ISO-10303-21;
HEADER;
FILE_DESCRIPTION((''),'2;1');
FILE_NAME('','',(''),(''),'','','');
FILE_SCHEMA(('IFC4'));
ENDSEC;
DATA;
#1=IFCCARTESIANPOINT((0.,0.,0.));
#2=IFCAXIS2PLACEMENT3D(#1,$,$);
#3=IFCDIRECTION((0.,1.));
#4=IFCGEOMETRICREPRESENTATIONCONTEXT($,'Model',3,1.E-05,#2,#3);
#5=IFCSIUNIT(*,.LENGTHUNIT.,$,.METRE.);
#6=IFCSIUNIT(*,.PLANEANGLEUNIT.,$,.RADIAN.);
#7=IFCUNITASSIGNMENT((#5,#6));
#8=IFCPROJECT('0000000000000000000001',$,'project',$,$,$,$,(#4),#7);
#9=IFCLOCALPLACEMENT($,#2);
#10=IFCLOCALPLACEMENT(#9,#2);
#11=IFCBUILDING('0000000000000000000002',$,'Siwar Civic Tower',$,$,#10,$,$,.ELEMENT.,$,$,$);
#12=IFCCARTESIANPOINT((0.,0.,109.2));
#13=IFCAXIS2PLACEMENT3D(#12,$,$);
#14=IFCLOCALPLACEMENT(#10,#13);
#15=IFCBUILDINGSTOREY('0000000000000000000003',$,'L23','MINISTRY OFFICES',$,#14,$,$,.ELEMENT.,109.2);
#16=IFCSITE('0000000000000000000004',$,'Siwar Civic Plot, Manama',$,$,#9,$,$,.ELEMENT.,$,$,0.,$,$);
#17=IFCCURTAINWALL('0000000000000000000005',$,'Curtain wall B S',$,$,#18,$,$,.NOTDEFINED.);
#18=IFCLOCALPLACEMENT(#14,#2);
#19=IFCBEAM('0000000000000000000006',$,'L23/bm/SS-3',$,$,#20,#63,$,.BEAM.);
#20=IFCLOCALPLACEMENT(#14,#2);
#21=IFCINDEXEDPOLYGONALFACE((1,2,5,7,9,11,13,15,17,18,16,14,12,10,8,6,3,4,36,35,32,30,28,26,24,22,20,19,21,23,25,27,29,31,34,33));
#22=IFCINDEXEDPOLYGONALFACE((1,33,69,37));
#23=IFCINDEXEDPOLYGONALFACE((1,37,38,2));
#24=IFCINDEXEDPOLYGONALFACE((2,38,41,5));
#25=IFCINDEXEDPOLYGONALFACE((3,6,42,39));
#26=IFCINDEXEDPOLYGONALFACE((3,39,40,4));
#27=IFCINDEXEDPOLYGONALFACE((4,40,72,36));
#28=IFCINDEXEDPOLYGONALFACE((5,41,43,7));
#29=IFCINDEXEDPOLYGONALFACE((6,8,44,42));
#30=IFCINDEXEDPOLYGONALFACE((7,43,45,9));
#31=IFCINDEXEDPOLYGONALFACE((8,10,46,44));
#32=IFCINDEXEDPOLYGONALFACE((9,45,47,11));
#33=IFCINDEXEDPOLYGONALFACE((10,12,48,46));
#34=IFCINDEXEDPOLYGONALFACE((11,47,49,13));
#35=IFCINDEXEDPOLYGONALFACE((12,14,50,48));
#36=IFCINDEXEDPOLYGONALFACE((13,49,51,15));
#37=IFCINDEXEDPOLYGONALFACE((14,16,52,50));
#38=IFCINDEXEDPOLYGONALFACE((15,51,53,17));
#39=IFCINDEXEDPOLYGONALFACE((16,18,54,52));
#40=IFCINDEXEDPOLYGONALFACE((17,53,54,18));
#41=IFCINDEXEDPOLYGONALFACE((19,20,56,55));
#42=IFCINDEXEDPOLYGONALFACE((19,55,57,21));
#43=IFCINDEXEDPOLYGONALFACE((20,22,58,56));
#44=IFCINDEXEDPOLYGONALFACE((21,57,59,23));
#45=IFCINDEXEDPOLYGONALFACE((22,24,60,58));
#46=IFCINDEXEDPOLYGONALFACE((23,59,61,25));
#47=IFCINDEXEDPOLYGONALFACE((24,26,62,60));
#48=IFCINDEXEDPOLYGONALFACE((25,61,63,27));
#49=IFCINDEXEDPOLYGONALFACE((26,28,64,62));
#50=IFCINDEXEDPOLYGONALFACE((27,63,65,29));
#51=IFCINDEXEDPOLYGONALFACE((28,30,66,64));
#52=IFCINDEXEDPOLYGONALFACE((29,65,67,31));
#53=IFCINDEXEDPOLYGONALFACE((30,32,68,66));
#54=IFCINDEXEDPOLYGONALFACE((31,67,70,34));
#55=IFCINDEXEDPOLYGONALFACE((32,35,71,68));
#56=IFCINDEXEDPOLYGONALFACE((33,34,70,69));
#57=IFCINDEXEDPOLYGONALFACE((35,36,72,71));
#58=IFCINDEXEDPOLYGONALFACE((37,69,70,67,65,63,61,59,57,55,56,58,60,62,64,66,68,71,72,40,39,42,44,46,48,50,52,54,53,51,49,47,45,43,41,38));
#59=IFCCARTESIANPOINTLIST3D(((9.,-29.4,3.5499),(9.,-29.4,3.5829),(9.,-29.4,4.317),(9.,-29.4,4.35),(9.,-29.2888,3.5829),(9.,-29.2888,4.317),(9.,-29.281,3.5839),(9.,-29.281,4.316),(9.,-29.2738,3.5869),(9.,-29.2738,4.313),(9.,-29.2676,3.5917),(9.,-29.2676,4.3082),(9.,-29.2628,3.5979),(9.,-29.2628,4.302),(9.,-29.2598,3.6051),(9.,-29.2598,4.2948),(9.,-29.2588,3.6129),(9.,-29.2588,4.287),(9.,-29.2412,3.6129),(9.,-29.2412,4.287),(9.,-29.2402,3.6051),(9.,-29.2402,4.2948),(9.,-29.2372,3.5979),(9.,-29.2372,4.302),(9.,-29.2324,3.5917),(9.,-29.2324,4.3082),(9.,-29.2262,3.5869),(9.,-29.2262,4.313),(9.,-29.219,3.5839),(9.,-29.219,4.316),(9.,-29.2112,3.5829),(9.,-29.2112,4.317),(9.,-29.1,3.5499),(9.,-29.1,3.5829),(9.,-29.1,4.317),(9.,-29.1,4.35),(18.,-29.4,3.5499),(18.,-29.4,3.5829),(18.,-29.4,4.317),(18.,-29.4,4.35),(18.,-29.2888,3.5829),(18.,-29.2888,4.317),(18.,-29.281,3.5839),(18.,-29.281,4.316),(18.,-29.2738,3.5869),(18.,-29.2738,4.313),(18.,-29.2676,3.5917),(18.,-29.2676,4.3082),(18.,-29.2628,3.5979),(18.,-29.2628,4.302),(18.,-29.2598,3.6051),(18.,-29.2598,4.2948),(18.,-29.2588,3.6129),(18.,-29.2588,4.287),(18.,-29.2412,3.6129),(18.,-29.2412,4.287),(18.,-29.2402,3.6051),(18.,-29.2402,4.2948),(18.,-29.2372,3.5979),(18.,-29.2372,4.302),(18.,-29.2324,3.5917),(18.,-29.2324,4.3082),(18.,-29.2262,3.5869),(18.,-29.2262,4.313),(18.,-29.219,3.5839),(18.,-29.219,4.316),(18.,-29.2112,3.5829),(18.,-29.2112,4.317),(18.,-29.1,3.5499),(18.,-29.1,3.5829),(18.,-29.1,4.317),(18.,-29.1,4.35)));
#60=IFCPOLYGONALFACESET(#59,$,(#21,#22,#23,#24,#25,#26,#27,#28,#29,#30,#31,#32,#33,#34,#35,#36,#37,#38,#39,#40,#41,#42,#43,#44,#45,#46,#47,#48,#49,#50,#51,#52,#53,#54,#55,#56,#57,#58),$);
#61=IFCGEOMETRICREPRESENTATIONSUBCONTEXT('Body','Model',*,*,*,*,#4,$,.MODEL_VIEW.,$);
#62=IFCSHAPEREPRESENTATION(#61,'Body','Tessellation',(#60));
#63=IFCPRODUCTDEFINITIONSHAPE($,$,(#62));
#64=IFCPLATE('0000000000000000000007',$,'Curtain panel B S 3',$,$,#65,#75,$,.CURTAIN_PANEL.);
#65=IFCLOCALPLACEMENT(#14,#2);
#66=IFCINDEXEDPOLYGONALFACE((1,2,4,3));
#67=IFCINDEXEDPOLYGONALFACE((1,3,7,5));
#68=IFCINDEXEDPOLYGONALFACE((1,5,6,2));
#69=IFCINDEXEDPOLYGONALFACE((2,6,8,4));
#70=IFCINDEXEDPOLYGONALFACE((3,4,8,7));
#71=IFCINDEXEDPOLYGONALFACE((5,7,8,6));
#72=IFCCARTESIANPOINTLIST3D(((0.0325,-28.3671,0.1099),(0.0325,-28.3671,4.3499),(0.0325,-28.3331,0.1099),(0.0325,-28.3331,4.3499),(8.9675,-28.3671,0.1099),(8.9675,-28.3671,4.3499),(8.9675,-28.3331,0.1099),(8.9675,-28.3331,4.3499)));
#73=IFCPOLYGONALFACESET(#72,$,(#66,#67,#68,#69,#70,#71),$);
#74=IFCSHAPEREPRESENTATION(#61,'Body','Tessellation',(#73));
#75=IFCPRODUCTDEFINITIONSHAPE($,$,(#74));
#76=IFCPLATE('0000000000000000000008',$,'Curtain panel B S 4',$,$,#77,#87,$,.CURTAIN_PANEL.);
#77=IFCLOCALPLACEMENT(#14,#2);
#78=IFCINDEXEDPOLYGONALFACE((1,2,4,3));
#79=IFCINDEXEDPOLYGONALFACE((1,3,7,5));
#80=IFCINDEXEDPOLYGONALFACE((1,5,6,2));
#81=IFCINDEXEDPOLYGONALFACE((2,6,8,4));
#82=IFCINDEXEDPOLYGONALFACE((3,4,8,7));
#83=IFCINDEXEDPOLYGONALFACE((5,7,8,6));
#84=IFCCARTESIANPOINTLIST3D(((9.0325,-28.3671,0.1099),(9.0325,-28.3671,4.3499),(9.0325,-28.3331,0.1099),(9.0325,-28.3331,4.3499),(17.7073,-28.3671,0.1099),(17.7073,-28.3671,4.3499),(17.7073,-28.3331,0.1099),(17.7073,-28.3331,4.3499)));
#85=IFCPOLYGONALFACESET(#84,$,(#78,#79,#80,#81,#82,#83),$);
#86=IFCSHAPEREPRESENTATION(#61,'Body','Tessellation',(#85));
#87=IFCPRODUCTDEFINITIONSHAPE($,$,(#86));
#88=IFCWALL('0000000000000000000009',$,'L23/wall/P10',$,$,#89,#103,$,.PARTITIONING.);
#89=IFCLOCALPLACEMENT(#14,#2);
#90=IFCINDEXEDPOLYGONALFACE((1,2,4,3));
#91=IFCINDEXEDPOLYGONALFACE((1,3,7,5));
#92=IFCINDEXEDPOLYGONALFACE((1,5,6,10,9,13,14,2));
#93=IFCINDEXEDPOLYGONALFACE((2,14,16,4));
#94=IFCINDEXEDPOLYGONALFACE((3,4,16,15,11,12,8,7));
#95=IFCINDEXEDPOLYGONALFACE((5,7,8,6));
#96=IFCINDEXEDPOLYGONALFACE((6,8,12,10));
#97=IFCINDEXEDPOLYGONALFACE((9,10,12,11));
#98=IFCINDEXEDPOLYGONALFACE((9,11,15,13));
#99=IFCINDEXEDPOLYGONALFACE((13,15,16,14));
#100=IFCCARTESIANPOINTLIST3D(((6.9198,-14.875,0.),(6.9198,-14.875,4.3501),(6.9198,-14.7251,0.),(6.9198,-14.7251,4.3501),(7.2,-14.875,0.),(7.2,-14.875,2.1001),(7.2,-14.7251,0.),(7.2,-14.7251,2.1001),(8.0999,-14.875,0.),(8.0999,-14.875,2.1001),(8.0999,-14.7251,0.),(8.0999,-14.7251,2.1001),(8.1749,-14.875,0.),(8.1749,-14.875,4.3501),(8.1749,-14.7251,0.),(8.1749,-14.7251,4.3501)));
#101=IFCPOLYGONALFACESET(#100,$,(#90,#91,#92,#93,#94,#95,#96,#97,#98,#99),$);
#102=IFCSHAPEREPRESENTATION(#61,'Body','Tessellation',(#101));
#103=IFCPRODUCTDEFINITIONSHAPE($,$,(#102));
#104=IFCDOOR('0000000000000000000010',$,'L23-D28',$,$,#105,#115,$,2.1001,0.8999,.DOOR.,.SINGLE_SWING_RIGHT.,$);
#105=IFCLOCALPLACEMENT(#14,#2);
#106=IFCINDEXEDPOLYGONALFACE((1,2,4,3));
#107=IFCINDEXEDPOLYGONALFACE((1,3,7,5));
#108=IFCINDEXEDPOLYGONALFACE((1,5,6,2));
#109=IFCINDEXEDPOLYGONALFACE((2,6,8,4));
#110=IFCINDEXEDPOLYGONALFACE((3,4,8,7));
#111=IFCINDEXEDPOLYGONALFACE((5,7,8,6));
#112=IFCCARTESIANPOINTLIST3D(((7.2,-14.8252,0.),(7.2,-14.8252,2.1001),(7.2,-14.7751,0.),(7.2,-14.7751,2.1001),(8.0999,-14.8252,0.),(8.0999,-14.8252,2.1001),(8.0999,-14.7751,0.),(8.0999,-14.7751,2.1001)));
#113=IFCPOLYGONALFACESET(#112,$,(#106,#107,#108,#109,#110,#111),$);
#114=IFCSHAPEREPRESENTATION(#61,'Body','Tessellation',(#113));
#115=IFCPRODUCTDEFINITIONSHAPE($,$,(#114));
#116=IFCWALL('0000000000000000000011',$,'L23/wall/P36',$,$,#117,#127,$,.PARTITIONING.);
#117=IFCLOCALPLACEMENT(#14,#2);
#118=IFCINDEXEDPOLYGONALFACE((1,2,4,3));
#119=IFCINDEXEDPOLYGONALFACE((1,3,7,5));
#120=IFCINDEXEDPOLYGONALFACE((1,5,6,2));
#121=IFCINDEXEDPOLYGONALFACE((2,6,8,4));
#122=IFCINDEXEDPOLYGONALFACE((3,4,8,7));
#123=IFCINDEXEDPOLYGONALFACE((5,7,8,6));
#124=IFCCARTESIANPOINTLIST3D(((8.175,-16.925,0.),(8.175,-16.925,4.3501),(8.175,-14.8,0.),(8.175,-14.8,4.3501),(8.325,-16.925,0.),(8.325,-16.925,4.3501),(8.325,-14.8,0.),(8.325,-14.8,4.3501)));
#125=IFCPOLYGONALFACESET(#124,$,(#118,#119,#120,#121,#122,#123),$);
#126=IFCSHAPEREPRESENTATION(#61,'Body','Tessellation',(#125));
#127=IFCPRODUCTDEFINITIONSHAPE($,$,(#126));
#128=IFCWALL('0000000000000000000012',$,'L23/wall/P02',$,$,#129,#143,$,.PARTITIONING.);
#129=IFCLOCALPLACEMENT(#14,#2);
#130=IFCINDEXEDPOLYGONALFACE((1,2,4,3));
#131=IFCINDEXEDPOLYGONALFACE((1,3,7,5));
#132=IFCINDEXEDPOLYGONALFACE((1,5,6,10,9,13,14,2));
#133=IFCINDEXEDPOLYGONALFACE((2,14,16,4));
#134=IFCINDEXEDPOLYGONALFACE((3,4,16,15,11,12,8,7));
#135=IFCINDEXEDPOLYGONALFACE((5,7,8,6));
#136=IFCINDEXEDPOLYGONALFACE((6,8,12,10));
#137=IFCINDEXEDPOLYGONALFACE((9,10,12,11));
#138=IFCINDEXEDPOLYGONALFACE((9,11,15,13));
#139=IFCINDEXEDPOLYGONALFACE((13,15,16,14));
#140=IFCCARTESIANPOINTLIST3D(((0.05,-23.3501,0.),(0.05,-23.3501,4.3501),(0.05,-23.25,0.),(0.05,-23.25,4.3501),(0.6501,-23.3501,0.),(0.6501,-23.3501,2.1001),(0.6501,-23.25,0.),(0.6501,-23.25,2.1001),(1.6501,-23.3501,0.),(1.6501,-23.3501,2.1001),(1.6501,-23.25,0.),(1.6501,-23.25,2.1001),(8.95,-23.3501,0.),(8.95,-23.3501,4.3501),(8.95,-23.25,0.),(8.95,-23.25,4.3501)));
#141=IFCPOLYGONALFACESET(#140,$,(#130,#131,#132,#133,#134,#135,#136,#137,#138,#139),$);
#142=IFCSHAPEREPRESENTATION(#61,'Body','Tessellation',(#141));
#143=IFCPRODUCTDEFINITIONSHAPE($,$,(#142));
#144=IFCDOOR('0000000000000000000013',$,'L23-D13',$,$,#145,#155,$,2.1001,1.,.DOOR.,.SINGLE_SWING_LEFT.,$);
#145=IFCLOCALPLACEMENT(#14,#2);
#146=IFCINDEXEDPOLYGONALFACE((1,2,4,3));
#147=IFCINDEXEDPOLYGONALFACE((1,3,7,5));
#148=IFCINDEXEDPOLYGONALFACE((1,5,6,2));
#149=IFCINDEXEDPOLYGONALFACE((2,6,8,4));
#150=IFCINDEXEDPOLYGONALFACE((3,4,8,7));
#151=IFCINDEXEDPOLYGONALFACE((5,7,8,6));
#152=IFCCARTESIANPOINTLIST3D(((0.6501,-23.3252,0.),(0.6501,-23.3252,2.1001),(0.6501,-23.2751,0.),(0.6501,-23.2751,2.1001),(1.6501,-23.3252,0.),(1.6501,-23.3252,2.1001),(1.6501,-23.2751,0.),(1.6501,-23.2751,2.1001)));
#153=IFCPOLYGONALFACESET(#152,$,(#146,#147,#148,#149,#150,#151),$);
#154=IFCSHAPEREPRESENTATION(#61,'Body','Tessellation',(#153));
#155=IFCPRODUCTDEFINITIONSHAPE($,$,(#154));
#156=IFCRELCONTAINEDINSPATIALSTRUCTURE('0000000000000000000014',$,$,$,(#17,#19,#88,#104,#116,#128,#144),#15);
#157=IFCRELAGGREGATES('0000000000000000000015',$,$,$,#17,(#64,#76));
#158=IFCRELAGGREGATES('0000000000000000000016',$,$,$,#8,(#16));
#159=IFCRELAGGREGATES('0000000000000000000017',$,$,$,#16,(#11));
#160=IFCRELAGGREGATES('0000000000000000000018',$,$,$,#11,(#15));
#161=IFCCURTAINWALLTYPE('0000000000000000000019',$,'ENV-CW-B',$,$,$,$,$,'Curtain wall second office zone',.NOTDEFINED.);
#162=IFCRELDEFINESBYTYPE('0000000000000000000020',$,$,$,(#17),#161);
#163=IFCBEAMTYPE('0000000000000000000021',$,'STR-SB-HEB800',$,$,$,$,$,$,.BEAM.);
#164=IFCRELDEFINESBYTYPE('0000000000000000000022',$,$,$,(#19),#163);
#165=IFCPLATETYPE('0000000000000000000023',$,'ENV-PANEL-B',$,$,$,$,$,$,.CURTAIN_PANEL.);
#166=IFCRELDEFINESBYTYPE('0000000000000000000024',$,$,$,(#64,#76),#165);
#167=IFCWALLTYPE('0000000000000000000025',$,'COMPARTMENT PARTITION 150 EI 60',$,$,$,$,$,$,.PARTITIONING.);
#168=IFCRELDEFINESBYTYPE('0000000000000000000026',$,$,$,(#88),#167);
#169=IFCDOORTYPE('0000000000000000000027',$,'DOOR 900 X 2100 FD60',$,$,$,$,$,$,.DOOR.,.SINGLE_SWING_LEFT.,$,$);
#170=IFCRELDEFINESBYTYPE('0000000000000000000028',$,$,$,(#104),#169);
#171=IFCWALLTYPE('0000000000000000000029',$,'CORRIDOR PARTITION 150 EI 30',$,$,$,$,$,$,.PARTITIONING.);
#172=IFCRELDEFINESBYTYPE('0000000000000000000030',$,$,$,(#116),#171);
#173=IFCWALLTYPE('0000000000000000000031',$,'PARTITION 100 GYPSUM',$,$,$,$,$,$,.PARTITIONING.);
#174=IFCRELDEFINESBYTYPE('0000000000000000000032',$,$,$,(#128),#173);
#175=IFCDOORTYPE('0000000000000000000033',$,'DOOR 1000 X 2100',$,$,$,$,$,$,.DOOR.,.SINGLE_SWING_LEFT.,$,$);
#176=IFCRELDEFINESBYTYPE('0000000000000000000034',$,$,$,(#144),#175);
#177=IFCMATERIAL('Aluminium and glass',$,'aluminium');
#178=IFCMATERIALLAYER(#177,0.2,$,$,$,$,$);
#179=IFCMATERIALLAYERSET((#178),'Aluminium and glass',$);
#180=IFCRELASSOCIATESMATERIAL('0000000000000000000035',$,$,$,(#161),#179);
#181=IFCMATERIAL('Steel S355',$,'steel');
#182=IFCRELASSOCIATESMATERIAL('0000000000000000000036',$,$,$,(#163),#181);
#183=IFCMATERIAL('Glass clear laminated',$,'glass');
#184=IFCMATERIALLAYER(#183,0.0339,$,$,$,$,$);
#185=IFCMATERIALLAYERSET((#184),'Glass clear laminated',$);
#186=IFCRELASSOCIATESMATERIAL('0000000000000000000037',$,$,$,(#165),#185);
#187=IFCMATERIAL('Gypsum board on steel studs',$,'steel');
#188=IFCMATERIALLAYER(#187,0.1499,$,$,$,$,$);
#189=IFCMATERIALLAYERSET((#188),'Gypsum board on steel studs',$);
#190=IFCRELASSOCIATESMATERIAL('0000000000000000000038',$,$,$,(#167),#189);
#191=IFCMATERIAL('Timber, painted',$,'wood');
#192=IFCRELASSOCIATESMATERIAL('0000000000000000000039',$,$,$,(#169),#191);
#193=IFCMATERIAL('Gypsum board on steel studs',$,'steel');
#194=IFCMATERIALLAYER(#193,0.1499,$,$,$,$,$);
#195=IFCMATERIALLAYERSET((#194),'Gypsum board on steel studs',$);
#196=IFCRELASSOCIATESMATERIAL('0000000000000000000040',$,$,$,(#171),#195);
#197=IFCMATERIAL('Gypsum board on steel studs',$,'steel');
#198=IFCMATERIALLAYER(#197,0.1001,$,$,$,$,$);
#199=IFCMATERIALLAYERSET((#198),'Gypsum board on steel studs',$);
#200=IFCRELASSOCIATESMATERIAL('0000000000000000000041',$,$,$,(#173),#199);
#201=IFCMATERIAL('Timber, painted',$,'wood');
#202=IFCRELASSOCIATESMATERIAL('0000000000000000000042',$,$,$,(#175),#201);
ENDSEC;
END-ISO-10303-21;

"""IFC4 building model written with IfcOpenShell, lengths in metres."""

from ifc_helpers import new_model, si_unit, direction, frame, frame_2d, origin, origin_2d, place, context, subcontext, project, spatial, rectangle, i_section, extrude, material, layer, layer_set, material_profile, profile_set, type_object, element, fill, aggregate, save


model = new_model("IFC4")

# Units and contexts
model_context = context("Model", 3, precision=1e-05, world=origin(), true_north=direction((0.0, 1.0)))
body_context = subcontext(model_context, "Body", "Model", "MODEL_VIEW")
ifc_project = project(units=[si_unit("LENGTHUNIT", "METRE"), si_unit("PLANEANGLEUNIT", "RADIAN")], contexts=[model_context])

# Site, building, storey
site_placement = place(None, origin())
site = spatial("IfcSite", under=ifc_project, at=site_placement, Name="Siwar Civic Plot, Manama", CompositionType="ELEMENT", RefElevation=0.0)
building_placement = place(site_placement, origin())
building = spatial("IfcBuilding", under=site, at=building_placement, Name="Siwar Civic Tower", CompositionType="ELEMENT")
storey_placement = place(building_placement, frame((0.0, 0.0, 109.2)))
storey = spatial("IfcBuildingStorey", under=building, at=storey_placement, Name="L23", Description="MINISTRY OFFICES", CompositionType="ELEMENT", Elevation=109.2)

# Curtain wall
ifc_material_1 = material(Name="Aluminium and glass", Category="aluminium")
ifc_layer_1 = layer(ifc_material_1, 0.2)
ifc_layer_set_1 = layer_set([ifc_layer_1], Name="Aluminium and glass")
curtain_wall_type_1 = type_object("IfcCurtainWallType", Name="ENV-CW-B", ElementType="Curtain wall second office zone", PredefinedType="NOTDEFINED", material=ifc_layer_set_1)
curtain_wall_1_placement = place(storey_placement, origin())
curtain_wall_1 = element("IfcCurtainWall", 1, at=curtain_wall_1_placement, inside=storey, type_object=curtain_wall_type_1, Name="Curtain wall B S", PredefinedType="NOTDEFINED")

# Beam
ifc_material_2 = material(Name="Steel S355", Category="steel")
ifc_material_profile_1 = material_profile(ifc_material_2, i_section(OverallWidth=0.3, OverallDepth=0.8, WebThickness=0.0176, FlangeThickness=0.033, FilletRadius=0.03, at=origin_2d()), Name="HEB800")
ifc_profile_set_1 = profile_set([ifc_material_profile_1], Name="Steel S355")
beam_type_1 = type_object("IfcBeamType", Name="STR-SB-HEB800", PredefinedType="BEAM", material=ifc_profile_set_1)
beam_1_placement = place(storey_placement, frame((9.0, -29.25, 3.95), z_axis=(1.0, 0.0, 0.0), x_axis=(0.0, 1.0, 0.0)))
element("IfcBeam", 2, at=beam_1_placement, inside=storey, type_object=beam_type_1, Name="L23/bm/SS-3", PredefinedType="BEAM", context=body_context, shape_type="SweptSolid", body=[
    extrude(i_section(OverallWidth=0.3, OverallDepth=0.8, WebThickness=0.0176, FlangeThickness=0.033, FilletRadius=0.03, at=origin_2d()), origin(), (0.0, 0.0, 1.0), 9.0),
])

# Plates
ifc_material_3 = material(Name="Glass clear laminated", Category="glass")
ifc_layer_2 = layer(ifc_material_3, 0.0339)
ifc_layer_set_2 = layer_set([ifc_layer_2], Name="Glass clear laminated")
plate_type = type_object("IfcPlateType", Name="ENV-PANEL-B", PredefinedType="CURTAIN_PANEL", material=ifc_layer_set_2)
plate_1_placement = place(storey_placement, frame((4.5, -28.3501, 0.1099), z_axis=(0.0, 0.0, 1.0), x_axis=(1.0, 0.0, 0.0)))
plate_1 = element("IfcPlate", 3, at=plate_1_placement, type_object=plate_type, Name="Curtain panel B S 3", PredefinedType="CURTAIN_PANEL", context=body_context, shape_type="SweptSolid", body=[
    extrude(rectangle(XDim=8.9351, YDim=0.0339, at=origin_2d()), origin(), (0.0, 0.0, 1.0), 4.24),
])
plate_2_placement = place(storey_placement, frame((13.3699, -28.3501, 0.1099), z_axis=(0.0, 0.0, 1.0), x_axis=(1.0, 0.0, 0.0)))
plate_2 = element("IfcPlate", 4, at=plate_2_placement, type_object=plate_type, Name="Curtain panel B S 4", PredefinedType="CURTAIN_PANEL", context=body_context, shape_type="SweptSolid", body=[
    extrude(rectangle(XDim=8.6748, YDim=0.0339, at=origin_2d()), origin(), (0.0, 0.0, 1.0), 4.24),
])
aggregate(curtain_wall_1, [plate_1, plate_2])

# Wall, opening, door
ifc_material_4 = material(Name="Gypsum board on steel studs", Category="steel")
ifc_layer_3 = layer(ifc_material_4, 0.1499)
ifc_layer_set_3 = layer_set([ifc_layer_3], Name="Gypsum board on steel studs")
wall_type_1 = type_object("IfcWallType", Name="COMPARTMENT PARTITION 150 EI 60", PredefinedType="PARTITIONING", material=ifc_layer_set_3)
wall_1_placement = place(storey_placement, frame((6.9199, -14.8, 0.0), z_axis=(0.0, 0.0, 1.0), x_axis=(1.0, 0.0, 0.0)))
wall_1 = element("IfcWall", 5, at=wall_1_placement, inside=storey, type_object=wall_type_1, Name="L23/wall/P10", PredefinedType="PARTITIONING", context=body_context, shape_type="SweptSolid", body=[
    extrude(rectangle(XDim=1.2551, YDim=0.1499, at=frame_2d((0.6274, 0.0))), origin(), (0.0, 0.0, 1.0), 4.3501),
])
opening_1_placement = place(wall_1_placement, frame((0.28, 0.0, 0.0)))
opening_1 = element("IfcOpeningElement", 6, at=opening_1_placement, cuts=wall_1, PredefinedType="OPENING", context=body_context, shape_type="SweptSolid", body=[
    extrude(rectangle(XDim=0.8999, YDim=2.1001, at=frame_2d((0.45, 1.05))), frame((0.0, 0.085, 0.0), z_axis=(0.0, -1.0, 0.0), x_axis=(1.0, 0.0, 0.0)), (0.0, 0.0, 1.0), 0.1699),
])
ifc_material_5 = material(Name="Timber, painted", Category="wood")
door_type_1 = type_object("IfcDoorType", Name="DOOR 900 X 2100 FD60", OperationType="SINGLE_SWING_LEFT", PredefinedType="DOOR", material=ifc_material_5)
door_1_placement = place(opening_1_placement, origin())
door_1 = element("IfcDoor", 7, at=door_1_placement, inside=storey, type_object=door_type_1, Name="L23-D28", OperationType="SINGLE_SWING_RIGHT", OverallHeight=2.1001, OverallWidth=0.8999, PredefinedType="DOOR", context=body_context, shape_type="SweptSolid", body=[
    extrude(rectangle(XDim=0.8999, YDim=2.1001, at=frame_2d((0.45, 1.05))), frame((0.0, 0.0249, 0.0), z_axis=(0.0, -1.0, 0.0), x_axis=(1.0, 0.0, 0.0)), (0.0, 0.0, 1.0), 0.05),
])
fill(opening_1, door_1)

# Wall
ifc_material_6 = material(Name="Gypsum board on steel studs", Category="steel")
ifc_layer_4 = layer(ifc_material_6, 0.1499)
ifc_layer_set_4 = layer_set([ifc_layer_4], Name="Gypsum board on steel studs")
wall_type_2 = type_object("IfcWallType", Name="CORRIDOR PARTITION 150 EI 30", PredefinedType="PARTITIONING", material=ifc_layer_set_4)
wall_2_placement = place(storey_placement, frame((8.25, -16.925, 0.0), z_axis=(0.0, 0.0, 1.0), x_axis=(0.0, 1.0, 0.0)))
element("IfcWall", 8, at=wall_2_placement, inside=storey, type_object=wall_type_2, Name="L23/wall/P36", PredefinedType="PARTITIONING", context=body_context, shape_type="SweptSolid", body=[
    extrude(rectangle(XDim=2.125, YDim=0.1499, at=frame_2d((1.0625, 0.0))), origin(), (0.0, 0.0, 1.0), 4.3501),
])

# Wall, opening, door
ifc_material_7 = material(Name="Gypsum board on steel studs", Category="steel")
ifc_layer_5 = layer(ifc_material_7, 0.1001)
ifc_layer_set_5 = layer_set([ifc_layer_5], Name="Gypsum board on steel studs")
wall_type_3 = type_object("IfcWallType", Name="PARTITION 100 GYPSUM", PredefinedType="PARTITIONING", material=ifc_layer_set_5)
wall_3_placement = place(storey_placement, frame((0.05, -23.3, 0.0), z_axis=(0.0, 0.0, 1.0), x_axis=(1.0, 0.0, 0.0)))
wall_3 = element("IfcWall", 9, at=wall_3_placement, inside=storey, type_object=wall_type_3, Name="L23/wall/P02", PredefinedType="PARTITIONING", context=body_context, shape_type="SweptSolid", body=[
    extrude(rectangle(XDim=8.8999, YDim=0.1001, at=frame_2d((4.45, 0.0))), origin(), (0.0, 0.0, 1.0), 4.3501),
])
opening_2_placement = place(wall_3_placement, frame((0.6001, 0.0, 0.0)))
opening_2 = element("IfcOpeningElement", 10, at=opening_2_placement, cuts=wall_3, PredefinedType="OPENING", context=body_context, shape_type="SweptSolid", body=[
    extrude(rectangle(XDim=1.0, YDim=2.1001, at=frame_2d((0.5, 1.05))), frame((0.0, 0.0601, 0.0), z_axis=(0.0, -1.0, 0.0), x_axis=(1.0, 0.0, 0.0)), (0.0, 0.0, 1.0), 0.1201),
])
ifc_material_8 = material(Name="Timber, painted", Category="wood")
door_type_2 = type_object("IfcDoorType", Name="DOOR 1000 X 2100", OperationType="SINGLE_SWING_LEFT", PredefinedType="DOOR", material=ifc_material_8)
door_2_placement = place(opening_2_placement, origin())
door_2 = element("IfcDoor", 11, at=door_2_placement, inside=storey, type_object=door_type_2, Name="L23-D13", OperationType="SINGLE_SWING_LEFT", OverallHeight=2.1001, OverallWidth=1.0, PredefinedType="DOOR", context=body_context, shape_type="SweptSolid", body=[
    extrude(rectangle(XDim=1.0, YDim=2.1001, at=frame_2d((0.5, 1.05))), frame((0.0, 0.0249, 0.0), z_axis=(0.0, -1.0, 0.0), x_axis=(1.0, 0.0, 0.0)), (0.0, 0.0, 1.0), 0.05),
])
fill(opening_2, door_2)

save(model, "model.ifc")
